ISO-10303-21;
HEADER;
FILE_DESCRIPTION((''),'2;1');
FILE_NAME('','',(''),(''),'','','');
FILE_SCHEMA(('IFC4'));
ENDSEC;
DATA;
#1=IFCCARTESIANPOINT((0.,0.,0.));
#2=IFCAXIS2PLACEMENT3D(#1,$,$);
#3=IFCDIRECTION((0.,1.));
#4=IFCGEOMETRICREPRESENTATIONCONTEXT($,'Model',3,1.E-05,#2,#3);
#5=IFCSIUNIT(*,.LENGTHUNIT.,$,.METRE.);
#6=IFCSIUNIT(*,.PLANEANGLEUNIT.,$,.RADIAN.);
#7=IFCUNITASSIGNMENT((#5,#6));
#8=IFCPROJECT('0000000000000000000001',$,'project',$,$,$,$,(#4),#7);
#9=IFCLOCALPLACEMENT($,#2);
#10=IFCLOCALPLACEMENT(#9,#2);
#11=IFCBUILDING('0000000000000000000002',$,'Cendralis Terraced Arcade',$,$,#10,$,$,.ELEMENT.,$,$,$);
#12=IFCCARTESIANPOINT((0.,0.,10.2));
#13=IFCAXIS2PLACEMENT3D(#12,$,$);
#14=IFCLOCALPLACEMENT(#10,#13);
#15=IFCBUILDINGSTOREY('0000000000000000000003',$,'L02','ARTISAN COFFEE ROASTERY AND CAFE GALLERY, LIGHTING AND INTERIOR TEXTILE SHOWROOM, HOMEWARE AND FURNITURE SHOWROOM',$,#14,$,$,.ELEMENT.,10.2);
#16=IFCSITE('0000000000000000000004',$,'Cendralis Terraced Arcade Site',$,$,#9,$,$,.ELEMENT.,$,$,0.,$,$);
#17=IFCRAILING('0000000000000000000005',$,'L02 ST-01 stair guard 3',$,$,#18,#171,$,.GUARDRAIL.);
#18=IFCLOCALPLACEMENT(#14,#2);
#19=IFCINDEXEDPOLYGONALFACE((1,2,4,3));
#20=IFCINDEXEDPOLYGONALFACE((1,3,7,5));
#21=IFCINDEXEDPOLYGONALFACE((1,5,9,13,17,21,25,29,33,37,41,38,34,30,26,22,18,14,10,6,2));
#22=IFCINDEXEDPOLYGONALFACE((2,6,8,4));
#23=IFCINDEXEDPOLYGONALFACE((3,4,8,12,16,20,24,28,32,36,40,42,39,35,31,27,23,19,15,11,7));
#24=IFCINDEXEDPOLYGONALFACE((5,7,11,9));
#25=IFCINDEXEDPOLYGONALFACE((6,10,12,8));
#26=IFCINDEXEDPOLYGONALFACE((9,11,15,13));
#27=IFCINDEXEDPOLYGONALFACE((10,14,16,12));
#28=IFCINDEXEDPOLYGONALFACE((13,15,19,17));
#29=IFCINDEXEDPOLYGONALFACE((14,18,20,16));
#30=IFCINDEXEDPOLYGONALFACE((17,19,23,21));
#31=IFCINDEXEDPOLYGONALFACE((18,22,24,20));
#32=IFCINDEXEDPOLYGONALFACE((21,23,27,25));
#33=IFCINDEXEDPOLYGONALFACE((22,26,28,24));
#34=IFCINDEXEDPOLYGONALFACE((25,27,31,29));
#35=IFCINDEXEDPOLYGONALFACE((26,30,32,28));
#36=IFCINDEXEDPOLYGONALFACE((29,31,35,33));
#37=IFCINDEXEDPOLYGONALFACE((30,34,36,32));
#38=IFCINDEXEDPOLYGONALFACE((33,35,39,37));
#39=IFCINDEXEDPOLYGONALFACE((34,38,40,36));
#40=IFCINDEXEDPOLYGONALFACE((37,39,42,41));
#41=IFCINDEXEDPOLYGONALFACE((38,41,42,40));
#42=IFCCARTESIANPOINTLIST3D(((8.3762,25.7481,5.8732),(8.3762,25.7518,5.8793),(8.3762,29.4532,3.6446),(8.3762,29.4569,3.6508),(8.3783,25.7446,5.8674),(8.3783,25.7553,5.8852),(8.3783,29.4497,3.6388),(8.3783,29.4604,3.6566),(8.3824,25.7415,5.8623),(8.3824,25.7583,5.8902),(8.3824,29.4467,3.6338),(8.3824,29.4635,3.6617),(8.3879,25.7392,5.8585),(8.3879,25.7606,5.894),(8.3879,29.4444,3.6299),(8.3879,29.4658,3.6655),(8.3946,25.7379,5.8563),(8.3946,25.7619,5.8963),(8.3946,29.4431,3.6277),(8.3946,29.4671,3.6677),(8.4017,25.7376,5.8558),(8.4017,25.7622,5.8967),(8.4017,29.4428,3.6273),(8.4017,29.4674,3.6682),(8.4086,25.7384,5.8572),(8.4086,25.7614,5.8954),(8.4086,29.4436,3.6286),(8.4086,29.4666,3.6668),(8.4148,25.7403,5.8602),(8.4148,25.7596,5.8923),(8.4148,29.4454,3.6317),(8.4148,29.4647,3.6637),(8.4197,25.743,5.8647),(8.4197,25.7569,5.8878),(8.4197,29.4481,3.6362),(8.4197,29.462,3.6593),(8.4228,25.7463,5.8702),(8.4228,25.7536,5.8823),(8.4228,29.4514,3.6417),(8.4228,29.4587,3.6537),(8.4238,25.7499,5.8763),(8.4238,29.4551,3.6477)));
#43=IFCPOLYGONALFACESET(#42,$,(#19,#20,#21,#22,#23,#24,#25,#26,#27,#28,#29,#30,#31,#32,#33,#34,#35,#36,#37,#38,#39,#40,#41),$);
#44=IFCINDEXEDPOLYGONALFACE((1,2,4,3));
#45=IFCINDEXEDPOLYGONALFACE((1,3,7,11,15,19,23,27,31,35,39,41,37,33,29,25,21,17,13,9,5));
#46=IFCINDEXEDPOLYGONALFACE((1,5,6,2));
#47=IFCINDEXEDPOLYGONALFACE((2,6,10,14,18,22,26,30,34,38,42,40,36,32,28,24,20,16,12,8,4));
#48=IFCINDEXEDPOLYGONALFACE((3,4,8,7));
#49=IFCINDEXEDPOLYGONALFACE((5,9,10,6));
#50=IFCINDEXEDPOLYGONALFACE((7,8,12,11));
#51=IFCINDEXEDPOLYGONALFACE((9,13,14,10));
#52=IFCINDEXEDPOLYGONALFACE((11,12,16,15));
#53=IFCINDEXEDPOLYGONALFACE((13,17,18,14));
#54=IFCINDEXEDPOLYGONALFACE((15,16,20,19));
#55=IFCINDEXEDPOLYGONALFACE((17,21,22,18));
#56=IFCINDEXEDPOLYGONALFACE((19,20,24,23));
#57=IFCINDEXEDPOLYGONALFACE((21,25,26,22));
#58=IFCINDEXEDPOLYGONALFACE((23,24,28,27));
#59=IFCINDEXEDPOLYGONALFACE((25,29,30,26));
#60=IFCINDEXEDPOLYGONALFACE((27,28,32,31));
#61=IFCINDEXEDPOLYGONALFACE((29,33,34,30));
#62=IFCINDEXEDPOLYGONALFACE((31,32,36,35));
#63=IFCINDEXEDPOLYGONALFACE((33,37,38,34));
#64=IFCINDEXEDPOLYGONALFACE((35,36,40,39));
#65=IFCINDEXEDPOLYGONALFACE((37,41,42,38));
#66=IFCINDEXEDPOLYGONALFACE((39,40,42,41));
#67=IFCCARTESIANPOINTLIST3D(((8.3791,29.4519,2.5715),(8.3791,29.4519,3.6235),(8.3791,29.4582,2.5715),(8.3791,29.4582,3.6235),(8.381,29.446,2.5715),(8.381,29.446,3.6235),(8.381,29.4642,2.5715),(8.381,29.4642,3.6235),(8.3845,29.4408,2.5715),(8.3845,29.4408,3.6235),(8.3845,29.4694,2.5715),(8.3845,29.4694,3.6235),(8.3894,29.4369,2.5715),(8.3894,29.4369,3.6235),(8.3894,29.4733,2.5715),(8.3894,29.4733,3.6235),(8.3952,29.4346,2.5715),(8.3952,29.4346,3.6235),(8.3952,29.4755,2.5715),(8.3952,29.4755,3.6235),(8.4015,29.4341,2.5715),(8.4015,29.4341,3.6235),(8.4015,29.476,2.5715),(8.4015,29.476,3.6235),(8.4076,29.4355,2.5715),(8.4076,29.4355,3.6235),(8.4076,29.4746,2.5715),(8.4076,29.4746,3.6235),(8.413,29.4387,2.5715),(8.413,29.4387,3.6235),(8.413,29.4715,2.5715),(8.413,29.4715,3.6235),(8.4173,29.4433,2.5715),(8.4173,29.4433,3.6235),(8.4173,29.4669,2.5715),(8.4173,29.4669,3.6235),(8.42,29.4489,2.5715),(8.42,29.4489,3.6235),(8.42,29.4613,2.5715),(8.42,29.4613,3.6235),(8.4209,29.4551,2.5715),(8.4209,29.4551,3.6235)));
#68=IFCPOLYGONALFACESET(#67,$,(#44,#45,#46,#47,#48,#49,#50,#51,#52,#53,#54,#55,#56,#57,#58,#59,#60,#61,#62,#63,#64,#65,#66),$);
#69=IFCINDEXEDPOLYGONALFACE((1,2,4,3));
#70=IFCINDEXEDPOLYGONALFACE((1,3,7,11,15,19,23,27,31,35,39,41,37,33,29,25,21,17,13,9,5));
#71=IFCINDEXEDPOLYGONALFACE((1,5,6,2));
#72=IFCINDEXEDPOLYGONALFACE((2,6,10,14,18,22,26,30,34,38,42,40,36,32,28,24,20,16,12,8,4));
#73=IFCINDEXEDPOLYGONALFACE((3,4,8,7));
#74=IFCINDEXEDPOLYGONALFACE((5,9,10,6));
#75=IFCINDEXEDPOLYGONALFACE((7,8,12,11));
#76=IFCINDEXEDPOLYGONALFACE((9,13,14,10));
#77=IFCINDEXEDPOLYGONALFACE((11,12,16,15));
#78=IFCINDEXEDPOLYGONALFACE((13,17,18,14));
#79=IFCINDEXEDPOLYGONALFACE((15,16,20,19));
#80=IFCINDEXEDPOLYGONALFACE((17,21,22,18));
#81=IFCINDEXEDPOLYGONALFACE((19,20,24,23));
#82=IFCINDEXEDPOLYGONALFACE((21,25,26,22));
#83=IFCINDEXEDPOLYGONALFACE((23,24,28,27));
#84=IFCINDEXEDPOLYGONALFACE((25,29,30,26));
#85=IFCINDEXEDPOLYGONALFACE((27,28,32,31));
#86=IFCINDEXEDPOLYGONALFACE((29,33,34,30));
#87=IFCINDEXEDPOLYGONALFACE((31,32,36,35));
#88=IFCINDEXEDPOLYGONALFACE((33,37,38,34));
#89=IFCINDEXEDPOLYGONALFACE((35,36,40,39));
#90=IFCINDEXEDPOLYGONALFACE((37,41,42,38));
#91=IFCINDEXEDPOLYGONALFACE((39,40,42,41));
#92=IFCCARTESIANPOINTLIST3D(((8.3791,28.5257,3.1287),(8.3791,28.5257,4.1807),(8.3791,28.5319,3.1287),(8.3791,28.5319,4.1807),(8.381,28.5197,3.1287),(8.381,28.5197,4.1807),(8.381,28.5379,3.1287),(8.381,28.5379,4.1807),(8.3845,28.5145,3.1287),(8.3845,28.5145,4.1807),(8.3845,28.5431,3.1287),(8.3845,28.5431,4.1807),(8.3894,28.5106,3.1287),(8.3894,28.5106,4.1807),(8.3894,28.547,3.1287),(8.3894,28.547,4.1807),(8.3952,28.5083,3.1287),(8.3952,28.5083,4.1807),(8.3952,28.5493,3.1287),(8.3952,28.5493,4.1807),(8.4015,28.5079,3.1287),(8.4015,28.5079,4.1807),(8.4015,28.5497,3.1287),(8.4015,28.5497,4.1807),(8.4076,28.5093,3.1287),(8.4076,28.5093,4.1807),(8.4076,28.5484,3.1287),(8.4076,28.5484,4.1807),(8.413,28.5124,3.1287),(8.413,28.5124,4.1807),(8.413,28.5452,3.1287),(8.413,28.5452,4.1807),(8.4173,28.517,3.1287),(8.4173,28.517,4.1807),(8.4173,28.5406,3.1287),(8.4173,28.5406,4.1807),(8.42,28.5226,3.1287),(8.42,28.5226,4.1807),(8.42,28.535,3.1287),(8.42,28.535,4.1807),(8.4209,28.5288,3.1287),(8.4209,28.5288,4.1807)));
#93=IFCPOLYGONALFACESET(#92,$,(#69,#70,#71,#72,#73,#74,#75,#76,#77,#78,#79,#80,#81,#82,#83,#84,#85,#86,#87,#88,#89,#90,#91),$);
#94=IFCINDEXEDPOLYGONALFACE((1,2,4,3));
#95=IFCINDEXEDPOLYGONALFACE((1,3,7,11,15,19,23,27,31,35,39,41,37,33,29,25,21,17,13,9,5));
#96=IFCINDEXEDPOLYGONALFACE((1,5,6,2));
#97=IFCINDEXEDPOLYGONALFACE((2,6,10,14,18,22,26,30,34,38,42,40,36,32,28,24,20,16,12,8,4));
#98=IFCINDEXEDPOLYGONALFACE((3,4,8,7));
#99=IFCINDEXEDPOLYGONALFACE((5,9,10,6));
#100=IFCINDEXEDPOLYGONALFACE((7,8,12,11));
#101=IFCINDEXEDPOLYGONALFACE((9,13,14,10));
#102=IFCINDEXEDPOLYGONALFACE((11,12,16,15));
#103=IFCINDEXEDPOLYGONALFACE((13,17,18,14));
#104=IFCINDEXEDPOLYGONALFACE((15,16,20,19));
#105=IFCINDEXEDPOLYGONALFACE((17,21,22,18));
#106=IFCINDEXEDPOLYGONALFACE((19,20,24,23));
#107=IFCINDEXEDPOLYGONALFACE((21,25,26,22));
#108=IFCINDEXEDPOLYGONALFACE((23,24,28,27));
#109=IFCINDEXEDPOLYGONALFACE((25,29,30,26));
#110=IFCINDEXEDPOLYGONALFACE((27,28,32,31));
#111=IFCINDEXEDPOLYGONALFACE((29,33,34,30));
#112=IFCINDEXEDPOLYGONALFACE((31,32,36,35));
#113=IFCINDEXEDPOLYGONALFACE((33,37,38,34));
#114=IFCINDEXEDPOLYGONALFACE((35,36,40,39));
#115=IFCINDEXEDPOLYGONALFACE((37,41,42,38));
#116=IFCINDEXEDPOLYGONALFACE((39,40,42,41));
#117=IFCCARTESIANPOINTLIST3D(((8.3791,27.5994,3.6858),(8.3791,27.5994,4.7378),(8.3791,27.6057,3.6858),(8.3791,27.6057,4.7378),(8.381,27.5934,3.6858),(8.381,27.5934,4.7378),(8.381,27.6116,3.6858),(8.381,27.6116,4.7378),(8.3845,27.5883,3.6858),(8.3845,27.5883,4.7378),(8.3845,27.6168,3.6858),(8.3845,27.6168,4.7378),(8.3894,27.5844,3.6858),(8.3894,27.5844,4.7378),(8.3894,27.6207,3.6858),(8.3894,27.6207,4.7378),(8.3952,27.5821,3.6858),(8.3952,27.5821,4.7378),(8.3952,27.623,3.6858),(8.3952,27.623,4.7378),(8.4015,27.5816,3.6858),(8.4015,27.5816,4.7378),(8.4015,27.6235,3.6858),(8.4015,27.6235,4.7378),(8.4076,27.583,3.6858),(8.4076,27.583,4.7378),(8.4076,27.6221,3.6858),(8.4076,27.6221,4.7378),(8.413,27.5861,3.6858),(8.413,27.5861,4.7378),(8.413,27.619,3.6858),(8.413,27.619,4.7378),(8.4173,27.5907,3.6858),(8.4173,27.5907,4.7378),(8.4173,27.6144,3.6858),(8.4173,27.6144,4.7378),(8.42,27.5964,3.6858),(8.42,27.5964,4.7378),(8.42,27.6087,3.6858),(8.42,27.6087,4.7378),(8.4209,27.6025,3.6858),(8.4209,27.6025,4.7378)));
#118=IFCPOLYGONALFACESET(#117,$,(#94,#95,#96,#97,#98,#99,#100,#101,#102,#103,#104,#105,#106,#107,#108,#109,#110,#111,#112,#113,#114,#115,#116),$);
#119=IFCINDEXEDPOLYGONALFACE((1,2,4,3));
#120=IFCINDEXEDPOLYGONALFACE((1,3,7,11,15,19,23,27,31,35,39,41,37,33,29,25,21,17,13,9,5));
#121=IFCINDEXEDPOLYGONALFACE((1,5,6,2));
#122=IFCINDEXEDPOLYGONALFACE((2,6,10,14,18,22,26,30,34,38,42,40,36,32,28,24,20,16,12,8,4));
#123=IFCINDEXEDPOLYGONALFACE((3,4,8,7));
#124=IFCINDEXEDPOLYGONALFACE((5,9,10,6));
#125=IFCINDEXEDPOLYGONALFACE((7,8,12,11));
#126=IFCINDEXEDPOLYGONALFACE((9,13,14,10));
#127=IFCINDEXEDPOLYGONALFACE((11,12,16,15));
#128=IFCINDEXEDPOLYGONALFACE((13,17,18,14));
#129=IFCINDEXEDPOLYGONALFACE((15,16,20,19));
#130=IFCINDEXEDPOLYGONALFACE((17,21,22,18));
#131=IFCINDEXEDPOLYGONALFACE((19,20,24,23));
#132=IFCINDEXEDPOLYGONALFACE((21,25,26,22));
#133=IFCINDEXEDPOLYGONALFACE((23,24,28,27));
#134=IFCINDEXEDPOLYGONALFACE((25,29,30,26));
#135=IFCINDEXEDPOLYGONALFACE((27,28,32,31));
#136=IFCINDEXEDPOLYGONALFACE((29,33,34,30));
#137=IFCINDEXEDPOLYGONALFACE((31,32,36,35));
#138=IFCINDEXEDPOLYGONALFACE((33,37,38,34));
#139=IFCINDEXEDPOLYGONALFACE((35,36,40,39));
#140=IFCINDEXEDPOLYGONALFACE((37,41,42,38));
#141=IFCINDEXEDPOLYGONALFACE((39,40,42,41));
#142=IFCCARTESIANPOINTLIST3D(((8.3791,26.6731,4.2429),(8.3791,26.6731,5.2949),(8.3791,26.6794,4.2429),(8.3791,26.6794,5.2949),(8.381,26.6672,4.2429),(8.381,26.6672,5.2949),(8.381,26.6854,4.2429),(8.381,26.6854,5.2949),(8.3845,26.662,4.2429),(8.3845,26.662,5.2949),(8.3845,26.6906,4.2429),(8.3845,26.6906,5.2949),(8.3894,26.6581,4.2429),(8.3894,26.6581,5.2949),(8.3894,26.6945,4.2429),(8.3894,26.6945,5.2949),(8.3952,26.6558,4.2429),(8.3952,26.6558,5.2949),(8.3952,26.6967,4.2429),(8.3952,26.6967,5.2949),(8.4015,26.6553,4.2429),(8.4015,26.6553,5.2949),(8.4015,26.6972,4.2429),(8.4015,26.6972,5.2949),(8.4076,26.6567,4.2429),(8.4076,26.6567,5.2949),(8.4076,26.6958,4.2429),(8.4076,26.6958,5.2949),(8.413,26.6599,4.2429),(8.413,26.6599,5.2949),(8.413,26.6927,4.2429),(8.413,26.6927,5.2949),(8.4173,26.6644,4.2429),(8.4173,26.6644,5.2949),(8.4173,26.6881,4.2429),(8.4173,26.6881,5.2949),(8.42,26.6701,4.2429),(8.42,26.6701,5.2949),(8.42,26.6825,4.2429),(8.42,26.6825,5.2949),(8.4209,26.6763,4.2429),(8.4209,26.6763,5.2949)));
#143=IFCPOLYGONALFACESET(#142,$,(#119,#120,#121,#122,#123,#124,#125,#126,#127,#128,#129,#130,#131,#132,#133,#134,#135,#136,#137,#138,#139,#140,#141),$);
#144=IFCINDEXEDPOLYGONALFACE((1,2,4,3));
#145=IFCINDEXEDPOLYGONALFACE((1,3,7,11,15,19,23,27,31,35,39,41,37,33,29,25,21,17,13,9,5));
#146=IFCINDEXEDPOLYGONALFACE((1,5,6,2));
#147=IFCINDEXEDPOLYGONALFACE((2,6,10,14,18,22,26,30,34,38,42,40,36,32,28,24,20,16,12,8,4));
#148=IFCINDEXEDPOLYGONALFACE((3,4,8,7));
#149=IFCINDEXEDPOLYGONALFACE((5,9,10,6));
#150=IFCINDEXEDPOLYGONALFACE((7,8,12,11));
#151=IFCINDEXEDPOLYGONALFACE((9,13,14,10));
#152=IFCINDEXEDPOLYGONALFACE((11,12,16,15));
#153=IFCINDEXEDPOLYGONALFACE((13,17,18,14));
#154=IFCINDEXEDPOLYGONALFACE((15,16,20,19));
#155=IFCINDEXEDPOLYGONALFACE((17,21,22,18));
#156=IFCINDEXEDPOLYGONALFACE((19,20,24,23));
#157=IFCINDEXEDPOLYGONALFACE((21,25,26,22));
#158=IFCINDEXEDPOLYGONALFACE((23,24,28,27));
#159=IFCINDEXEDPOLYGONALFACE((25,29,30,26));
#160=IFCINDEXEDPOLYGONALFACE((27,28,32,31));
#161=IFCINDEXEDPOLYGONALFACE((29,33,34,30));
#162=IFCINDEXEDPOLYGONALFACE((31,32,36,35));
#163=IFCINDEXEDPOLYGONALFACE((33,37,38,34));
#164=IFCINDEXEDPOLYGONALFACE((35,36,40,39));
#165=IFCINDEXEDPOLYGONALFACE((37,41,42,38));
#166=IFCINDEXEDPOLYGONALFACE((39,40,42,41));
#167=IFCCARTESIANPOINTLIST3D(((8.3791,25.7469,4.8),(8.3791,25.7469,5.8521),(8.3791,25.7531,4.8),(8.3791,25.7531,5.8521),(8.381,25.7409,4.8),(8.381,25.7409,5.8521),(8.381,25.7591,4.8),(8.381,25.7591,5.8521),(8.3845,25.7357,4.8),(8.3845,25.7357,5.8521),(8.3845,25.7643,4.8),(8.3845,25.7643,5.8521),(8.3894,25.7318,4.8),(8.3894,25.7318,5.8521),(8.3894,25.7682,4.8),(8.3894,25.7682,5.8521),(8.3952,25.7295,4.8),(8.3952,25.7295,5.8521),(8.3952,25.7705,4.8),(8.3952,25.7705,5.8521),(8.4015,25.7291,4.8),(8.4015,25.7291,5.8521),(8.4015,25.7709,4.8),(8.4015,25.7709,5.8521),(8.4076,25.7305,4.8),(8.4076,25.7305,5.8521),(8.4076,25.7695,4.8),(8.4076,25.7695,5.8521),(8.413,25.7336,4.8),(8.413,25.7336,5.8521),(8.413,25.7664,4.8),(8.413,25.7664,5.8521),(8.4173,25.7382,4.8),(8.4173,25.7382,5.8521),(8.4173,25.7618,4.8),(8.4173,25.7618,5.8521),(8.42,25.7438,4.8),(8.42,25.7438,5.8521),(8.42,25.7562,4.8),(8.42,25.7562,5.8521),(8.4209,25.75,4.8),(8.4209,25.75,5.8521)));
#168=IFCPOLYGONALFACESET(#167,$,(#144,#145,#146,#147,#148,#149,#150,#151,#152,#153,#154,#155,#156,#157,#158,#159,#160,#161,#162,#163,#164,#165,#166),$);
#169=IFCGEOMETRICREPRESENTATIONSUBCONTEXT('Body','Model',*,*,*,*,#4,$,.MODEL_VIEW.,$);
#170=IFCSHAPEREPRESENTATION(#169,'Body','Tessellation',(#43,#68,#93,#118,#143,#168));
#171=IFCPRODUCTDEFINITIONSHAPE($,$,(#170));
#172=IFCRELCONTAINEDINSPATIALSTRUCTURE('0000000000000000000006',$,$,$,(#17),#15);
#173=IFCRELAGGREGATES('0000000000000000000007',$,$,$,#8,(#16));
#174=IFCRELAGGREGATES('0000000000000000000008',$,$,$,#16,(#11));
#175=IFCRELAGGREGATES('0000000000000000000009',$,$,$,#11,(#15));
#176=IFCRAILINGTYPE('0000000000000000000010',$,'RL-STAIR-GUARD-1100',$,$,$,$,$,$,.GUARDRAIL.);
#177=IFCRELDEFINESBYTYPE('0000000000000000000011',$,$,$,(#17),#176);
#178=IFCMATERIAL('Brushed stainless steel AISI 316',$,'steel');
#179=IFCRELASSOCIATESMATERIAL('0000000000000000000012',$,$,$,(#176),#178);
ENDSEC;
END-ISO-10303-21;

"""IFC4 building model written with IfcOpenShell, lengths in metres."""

from ifc_helpers import new_model, si_unit, direction, frame, origin, origin_2d, place, context, subcontext, project, spatial, circle, extrude, material, type_object, element, save


model = new_model("IFC4")

# Units and contexts
model_context = context("Model", 3, precision=1e-05, world=origin(), true_north=direction((0.0, 1.0)))
body_context = subcontext(model_context, "Body", "Model", "MODEL_VIEW")
ifc_project = project(units=[si_unit("LENGTHUNIT", "METRE"), si_unit("PLANEANGLEUNIT", "RADIAN")], contexts=[model_context])

# Site, building, storey
site_placement = place(None, origin())
site = spatial("IfcSite", under=ifc_project, at=site_placement, Name="Cendralis Terraced Arcade Site", CompositionType="ELEMENT", RefElevation=0.0)
building_placement = place(site_placement, origin())
building = spatial("IfcBuilding", under=site, at=building_placement, Name="Cendralis Terraced Arcade", CompositionType="ELEMENT")
storey_placement = place(building_placement, frame((0.0, 0.0, 10.2)))
storey = spatial("IfcBuildingStorey", under=building, at=storey_placement, Name="L02", Description="ARTISAN COFFEE ROASTERY AND CAFE GALLERY, LIGHTING AND INTERIOR TEXTILE SHOWROOM, HOMEWARE AND FURNITURE SHOWROOM", CompositionType="ELEMENT", Elevation=10.2)

# Railing
ifc_material_1 = material(Name="Brushed stainless steel AISI 316", Category="steel")
railing_type_1 = type_object("IfcRailingType", Name="RL-STAIR-GUARD-1100", PredefinedType="GUARDRAIL", material=ifc_material_1)
railing_1_placement = place(storey_placement, frame((8.3999, 29.4551, 2.5715)))
element("IfcRailing", 1, at=railing_1_placement, inside=storey, type_object=railing_type_1, Name="L02 ST-01 stair guard 3", PredefinedType="GUARDRAIL", context=body_context, shape_type="SweptSolid", body=[
    extrude(circle(Radius=0.0239, at=origin_2d()), frame((0.0, 0.0, 1.0762), z_axis=(0.0, -0.856934, 0.515425), x_axis=(1.0, 0.0, 0.0)), (0.0, 0.0, 1.0), 4.3237),
    extrude(circle(Radius=0.021, at=origin_2d()), origin(), (0.0, 0.0, 1.0), 1.052),
    extrude(circle(Radius=0.021, at=origin_2d()), frame((0.0, -0.9263, 0.5571)), (0.0, 0.0, 1.0), 1.052),
    extrude(circle(Radius=0.021, at=origin_2d()), frame((0.0, -1.8525, 1.1143)), (0.0, 0.0, 1.0), 1.052),
    extrude(circle(Radius=0.021, at=origin_2d()), frame((0.0, -2.7788, 1.6714)), (0.0, 0.0, 1.0), 1.052),
    extrude(circle(Radius=0.021, at=origin_2d()), frame((0.0, -3.7051, 2.2285)), (0.0, 0.0, 1.0), 1.052),
])

save(model, "model.ifc")
